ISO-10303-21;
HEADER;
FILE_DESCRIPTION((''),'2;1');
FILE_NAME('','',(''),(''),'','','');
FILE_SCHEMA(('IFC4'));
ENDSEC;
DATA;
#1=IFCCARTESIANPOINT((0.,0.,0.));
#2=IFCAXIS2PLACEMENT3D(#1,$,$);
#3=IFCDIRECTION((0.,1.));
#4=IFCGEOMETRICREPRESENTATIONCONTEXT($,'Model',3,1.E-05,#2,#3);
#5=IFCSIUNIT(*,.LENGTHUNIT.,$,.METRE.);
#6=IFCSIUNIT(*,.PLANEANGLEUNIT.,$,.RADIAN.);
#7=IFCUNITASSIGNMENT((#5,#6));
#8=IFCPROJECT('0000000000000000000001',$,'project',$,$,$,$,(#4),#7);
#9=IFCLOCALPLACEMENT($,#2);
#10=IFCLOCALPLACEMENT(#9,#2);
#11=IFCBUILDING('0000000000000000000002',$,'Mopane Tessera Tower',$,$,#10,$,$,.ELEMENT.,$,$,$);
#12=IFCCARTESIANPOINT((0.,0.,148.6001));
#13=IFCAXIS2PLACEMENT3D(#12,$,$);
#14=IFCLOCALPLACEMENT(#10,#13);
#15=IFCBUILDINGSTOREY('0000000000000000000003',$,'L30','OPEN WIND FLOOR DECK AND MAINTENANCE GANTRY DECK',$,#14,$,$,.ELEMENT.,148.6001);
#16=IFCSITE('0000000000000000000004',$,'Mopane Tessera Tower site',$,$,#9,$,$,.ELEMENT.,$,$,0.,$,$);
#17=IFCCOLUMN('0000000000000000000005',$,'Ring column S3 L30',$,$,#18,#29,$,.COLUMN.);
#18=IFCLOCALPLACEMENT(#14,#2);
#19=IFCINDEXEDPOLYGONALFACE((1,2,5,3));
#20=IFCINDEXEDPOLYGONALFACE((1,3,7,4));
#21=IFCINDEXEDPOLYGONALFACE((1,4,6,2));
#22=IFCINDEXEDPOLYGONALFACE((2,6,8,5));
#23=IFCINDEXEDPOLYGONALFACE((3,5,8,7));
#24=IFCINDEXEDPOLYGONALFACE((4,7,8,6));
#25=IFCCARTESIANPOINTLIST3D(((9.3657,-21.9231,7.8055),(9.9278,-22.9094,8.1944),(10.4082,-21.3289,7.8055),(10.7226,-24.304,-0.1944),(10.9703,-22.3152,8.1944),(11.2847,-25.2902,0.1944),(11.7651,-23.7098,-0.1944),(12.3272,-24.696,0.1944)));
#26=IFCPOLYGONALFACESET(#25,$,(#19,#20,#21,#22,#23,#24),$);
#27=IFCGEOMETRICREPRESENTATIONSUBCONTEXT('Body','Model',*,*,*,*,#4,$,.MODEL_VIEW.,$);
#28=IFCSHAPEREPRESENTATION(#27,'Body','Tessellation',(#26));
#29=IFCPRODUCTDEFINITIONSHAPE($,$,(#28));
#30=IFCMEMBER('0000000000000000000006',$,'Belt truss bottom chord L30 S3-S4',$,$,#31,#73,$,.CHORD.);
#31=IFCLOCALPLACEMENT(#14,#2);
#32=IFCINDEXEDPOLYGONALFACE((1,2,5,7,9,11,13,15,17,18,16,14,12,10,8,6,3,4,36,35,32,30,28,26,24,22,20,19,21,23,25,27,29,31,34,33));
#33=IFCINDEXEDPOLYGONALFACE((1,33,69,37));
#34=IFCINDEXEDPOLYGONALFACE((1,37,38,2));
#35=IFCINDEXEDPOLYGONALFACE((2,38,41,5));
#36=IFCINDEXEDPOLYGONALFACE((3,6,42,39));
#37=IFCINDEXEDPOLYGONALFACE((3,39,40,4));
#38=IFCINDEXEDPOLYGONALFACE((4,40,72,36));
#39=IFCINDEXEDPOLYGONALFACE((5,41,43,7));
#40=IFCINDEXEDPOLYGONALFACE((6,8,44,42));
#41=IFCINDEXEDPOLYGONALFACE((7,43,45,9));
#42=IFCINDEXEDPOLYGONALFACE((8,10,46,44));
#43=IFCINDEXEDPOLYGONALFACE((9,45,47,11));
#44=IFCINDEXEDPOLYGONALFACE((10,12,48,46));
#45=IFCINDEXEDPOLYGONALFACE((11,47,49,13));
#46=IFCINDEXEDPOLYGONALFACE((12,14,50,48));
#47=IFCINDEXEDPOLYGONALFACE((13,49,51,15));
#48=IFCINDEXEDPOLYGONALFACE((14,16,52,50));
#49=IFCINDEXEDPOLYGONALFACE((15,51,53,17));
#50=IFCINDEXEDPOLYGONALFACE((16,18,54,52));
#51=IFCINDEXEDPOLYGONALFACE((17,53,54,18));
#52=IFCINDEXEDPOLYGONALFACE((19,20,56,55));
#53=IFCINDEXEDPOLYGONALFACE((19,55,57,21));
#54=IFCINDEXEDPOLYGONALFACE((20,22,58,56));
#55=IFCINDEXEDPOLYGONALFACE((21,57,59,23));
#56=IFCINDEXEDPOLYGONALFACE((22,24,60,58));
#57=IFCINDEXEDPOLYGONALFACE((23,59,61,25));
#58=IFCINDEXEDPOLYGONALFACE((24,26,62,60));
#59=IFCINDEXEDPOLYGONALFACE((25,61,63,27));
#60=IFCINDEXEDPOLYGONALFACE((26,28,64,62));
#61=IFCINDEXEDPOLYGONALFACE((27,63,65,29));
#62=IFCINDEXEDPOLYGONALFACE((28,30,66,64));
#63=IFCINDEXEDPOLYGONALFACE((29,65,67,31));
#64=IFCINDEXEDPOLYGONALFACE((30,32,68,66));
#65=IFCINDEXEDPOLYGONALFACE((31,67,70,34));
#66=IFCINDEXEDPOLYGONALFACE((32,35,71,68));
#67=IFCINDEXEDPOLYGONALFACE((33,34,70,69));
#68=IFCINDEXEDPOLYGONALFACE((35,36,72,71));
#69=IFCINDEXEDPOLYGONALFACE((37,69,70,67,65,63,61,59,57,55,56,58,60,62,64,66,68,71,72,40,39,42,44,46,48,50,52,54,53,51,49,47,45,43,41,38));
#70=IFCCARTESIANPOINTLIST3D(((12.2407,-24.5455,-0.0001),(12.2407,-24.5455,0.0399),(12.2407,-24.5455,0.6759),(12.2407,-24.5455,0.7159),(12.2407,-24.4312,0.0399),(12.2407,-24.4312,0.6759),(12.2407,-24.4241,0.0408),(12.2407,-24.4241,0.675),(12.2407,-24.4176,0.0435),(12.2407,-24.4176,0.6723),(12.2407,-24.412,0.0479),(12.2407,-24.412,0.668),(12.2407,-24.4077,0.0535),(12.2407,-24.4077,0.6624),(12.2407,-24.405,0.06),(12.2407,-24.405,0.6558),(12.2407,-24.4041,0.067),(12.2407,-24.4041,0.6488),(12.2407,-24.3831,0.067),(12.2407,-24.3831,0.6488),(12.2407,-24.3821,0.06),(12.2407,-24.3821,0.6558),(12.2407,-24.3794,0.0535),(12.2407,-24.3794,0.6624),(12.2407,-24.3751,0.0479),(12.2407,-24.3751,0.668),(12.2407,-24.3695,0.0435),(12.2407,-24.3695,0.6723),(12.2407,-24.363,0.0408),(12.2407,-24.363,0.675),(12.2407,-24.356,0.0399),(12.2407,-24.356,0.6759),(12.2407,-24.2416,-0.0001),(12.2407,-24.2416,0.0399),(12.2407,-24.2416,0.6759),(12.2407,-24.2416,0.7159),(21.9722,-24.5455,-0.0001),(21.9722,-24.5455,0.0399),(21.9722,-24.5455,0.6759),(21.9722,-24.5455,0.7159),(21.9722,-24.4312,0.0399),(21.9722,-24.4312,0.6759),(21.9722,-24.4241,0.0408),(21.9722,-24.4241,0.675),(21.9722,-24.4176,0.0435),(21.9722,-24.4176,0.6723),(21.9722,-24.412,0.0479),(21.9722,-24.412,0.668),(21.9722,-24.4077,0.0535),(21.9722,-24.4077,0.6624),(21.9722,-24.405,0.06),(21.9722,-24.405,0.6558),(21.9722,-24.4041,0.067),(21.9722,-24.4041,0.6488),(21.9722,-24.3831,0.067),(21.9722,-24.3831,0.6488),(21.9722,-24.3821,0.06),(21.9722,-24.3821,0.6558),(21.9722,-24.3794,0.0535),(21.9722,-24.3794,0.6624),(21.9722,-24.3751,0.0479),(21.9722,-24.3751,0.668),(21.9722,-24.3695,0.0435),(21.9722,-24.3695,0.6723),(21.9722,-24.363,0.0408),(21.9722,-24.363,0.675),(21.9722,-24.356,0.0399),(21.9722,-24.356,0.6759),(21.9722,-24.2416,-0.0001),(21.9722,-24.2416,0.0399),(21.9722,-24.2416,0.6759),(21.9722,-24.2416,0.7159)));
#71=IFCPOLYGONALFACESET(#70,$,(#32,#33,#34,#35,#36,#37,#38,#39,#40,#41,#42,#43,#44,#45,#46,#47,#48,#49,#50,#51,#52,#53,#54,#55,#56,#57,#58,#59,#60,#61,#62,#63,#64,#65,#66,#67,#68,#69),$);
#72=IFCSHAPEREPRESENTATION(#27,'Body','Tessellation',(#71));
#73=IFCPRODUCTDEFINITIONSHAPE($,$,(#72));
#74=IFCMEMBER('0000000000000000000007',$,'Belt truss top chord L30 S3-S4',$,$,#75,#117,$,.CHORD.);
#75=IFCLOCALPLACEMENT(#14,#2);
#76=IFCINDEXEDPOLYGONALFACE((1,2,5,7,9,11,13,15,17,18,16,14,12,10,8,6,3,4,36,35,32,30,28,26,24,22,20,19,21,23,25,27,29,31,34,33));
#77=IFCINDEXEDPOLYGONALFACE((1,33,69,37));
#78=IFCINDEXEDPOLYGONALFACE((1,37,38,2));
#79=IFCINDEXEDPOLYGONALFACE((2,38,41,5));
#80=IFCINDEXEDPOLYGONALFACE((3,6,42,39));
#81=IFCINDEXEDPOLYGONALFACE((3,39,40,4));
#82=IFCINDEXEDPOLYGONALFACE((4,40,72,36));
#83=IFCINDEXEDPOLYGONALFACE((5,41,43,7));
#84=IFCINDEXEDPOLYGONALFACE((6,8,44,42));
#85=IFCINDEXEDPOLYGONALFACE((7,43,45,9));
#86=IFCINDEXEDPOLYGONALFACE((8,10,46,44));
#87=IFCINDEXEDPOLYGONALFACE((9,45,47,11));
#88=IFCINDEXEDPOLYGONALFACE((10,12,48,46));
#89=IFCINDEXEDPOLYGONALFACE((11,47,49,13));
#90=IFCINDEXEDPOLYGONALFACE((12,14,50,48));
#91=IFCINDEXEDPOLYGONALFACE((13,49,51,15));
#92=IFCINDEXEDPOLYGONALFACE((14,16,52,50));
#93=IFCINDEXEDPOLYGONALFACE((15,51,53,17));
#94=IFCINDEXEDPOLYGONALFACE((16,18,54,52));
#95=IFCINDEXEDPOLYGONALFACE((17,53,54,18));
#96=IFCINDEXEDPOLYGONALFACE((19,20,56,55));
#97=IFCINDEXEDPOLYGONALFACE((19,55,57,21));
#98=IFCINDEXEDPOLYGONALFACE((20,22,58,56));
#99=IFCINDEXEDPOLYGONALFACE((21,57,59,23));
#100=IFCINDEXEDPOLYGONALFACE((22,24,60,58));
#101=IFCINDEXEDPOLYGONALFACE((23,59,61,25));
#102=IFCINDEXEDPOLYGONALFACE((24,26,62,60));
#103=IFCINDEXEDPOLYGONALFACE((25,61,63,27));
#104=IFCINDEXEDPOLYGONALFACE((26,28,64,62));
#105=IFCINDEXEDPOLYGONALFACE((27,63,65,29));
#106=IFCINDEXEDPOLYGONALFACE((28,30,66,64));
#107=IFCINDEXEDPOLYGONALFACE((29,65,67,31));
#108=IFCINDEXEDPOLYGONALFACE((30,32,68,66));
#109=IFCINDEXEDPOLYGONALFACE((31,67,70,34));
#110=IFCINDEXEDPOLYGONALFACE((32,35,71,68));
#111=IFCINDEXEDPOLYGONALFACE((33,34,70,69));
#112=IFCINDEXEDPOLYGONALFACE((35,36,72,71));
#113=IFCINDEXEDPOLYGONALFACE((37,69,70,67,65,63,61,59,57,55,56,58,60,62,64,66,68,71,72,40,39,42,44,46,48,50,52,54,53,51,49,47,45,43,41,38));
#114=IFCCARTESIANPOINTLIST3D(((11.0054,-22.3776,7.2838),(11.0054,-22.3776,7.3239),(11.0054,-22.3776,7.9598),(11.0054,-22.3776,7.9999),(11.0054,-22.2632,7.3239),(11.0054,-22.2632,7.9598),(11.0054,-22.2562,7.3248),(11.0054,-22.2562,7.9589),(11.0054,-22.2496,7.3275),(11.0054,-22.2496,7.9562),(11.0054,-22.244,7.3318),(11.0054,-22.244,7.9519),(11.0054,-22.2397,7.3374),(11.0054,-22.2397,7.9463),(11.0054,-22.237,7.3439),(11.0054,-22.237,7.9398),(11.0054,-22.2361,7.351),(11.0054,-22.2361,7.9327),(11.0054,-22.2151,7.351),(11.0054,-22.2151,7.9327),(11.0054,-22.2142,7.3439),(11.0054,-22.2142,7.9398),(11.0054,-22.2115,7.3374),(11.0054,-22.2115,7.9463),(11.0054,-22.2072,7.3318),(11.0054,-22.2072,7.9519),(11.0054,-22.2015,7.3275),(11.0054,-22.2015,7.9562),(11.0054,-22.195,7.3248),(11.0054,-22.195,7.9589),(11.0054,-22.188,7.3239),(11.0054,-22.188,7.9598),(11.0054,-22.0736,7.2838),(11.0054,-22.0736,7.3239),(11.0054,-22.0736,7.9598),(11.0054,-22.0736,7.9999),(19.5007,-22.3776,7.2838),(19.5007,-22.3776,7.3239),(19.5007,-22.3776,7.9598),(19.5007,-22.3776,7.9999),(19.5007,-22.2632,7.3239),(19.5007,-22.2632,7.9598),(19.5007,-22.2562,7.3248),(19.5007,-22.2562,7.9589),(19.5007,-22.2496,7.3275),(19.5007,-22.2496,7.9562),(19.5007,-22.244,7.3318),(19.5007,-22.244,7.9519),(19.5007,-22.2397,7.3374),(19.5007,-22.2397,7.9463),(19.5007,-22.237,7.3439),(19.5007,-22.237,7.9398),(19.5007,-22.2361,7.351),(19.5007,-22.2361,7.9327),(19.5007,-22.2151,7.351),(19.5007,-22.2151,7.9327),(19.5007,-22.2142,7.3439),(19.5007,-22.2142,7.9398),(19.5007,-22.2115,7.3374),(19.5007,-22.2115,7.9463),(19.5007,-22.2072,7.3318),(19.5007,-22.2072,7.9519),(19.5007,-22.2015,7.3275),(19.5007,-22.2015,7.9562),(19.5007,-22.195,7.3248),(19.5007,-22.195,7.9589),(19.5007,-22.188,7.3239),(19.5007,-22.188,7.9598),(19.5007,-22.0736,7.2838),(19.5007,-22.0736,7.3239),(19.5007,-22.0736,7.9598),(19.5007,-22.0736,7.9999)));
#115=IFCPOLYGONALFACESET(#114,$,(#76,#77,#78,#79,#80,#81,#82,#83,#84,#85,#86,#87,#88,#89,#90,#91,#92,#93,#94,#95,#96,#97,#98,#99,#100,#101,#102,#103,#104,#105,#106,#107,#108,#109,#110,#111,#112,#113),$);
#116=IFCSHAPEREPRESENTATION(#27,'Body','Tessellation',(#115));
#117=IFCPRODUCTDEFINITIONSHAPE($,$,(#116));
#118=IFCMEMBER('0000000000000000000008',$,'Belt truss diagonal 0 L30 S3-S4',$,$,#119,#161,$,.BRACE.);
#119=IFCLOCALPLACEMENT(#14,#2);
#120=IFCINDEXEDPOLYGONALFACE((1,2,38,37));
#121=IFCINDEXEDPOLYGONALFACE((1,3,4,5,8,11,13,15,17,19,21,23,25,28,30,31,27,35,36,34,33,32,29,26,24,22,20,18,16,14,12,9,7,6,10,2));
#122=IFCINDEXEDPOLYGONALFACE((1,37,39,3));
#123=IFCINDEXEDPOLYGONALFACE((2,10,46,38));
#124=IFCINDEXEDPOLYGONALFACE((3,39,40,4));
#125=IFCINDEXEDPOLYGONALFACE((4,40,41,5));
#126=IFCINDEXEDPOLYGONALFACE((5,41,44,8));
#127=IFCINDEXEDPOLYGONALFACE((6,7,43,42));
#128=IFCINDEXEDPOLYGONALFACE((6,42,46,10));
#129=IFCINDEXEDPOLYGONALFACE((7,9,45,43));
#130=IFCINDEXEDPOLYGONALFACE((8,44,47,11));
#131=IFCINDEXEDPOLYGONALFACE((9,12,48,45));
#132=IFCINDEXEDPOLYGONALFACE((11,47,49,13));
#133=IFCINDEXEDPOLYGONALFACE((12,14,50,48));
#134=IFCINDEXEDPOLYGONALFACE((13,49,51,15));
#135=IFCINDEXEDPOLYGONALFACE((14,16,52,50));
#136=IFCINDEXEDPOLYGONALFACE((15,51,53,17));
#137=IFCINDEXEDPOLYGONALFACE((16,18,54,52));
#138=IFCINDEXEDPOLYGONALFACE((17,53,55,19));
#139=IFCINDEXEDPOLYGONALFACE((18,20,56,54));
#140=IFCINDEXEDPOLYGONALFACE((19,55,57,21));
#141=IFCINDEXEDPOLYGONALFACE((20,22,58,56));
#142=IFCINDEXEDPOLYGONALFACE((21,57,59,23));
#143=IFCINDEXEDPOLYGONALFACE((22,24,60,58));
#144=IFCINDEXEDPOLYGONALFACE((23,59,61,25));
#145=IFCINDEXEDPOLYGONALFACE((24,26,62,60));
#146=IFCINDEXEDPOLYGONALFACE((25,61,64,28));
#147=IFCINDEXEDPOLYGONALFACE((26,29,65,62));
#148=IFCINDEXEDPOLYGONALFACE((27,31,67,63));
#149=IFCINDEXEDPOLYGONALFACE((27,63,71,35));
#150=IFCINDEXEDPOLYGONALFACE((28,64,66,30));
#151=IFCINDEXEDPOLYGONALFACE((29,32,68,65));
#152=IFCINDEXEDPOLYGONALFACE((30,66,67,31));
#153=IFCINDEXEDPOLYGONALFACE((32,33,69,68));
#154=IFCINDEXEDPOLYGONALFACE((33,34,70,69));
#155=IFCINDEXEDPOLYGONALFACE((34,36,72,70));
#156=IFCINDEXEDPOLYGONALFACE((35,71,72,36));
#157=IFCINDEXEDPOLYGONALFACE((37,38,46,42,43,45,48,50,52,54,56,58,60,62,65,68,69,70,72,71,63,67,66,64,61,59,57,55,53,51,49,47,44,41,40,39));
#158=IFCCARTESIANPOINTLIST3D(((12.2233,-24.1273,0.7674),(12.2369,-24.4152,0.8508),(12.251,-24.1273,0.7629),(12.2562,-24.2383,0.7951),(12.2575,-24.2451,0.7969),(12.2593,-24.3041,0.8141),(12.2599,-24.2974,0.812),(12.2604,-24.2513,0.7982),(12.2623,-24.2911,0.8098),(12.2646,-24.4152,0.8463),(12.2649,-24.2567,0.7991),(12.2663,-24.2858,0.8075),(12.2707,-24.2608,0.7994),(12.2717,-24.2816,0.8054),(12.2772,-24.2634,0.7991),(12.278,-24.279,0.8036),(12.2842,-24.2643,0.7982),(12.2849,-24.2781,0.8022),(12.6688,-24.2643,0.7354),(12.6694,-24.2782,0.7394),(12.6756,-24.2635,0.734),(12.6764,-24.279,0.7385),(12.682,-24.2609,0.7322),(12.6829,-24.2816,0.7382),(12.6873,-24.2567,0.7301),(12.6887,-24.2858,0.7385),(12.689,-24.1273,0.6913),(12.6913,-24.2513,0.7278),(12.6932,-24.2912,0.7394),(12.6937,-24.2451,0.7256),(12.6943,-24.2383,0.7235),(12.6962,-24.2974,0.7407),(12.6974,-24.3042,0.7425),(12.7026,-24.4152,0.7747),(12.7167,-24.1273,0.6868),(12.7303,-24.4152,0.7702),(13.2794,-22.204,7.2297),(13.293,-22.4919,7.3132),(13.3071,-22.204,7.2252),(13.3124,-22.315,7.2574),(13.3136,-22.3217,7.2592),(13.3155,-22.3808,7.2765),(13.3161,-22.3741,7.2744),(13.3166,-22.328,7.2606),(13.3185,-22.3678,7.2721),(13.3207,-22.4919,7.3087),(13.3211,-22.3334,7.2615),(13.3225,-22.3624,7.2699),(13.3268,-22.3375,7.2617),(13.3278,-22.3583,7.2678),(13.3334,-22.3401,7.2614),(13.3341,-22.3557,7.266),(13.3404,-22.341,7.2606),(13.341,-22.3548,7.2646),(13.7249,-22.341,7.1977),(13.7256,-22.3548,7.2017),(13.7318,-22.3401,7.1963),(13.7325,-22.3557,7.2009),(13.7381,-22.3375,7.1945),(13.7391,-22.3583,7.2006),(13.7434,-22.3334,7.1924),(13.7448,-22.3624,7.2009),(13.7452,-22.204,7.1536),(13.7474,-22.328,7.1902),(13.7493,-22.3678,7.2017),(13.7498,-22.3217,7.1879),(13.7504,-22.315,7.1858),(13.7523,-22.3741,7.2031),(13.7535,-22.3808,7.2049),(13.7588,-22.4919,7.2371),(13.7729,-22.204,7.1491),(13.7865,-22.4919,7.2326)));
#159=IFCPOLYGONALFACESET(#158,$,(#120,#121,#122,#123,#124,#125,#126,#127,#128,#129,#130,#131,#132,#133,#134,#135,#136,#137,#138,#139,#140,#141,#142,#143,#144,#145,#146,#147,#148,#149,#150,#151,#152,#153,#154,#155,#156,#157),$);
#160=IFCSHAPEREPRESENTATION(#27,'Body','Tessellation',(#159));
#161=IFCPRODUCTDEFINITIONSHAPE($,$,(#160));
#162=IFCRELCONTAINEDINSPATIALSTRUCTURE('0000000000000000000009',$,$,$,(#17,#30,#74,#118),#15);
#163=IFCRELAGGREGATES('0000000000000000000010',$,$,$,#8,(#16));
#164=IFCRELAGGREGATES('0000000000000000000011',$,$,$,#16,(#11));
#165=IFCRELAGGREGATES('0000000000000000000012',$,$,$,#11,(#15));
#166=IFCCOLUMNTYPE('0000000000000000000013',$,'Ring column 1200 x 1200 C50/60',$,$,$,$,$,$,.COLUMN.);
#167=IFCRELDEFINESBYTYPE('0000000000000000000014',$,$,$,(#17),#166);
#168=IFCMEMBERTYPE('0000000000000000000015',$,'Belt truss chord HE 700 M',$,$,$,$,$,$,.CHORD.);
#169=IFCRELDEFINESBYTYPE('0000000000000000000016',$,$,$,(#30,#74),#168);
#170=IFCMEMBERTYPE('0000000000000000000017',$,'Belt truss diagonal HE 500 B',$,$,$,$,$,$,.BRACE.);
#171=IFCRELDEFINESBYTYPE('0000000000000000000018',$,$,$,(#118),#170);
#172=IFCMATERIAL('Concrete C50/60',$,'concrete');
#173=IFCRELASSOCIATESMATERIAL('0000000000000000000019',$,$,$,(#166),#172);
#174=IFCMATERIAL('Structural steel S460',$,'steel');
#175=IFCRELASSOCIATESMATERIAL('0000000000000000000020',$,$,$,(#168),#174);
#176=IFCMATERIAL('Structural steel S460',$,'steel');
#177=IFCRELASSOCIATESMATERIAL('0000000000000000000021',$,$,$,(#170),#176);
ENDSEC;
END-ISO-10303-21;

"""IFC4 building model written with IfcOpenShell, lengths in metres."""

from ifc_helpers import new_model, si_unit, direction, frame, origin, origin_2d, place, context, subcontext, project, spatial, rectangle, i_section, extrude, material, material_profile, profile_set, type_object, element, save


model = new_model("IFC4")

# Units and contexts
model_context = context("Model", 3, precision=1e-05, world=origin(), true_north=direction((0.0, 1.0)))
body_context = subcontext(model_context, "Body", "Model", "MODEL_VIEW")
ifc_project = project(units=[si_unit("LENGTHUNIT", "METRE"), si_unit("PLANEANGLEUNIT", "RADIAN")], contexts=[model_context])

# Site, building, storey
site_placement = place(None, origin())
site = spatial("IfcSite", under=ifc_project, at=site_placement, Name="Mopane Tessera Tower site", CompositionType="ELEMENT", RefElevation=0.0)
building_placement = place(site_placement, origin())
building = spatial("IfcBuilding", under=site, at=building_placement, Name="Mopane Tessera Tower", CompositionType="ELEMENT")
storey_placement = place(building_placement, frame((0.0, 0.0, 148.6001)))
storey = spatial("IfcBuildingStorey", under=building, at=storey_placement, Name="L30", Description="OPEN WIND FLOOR DECK AND MAINTENANCE GANTRY DECK", CompositionType="ELEMENT", Elevation=148.6001)

# Column
ifc_material_1 = material(Name="Concrete C50/60", Category="concrete")
ifc_material_profile_1 = material_profile(ifc_material_1, rectangle(XDim=1.2, YDim=1.2, at=origin_2d()))
ifc_profile_set_1 = profile_set([ifc_material_profile_1], Name="Concrete C50/60")
column_type = type_object("IfcColumnType", Name="Ring column 1200 x 1200 C50/60", PredefinedType="COLUMN", material=ifc_profile_set_1)
column_placement = place(storey_placement, frame((11.5249, -24.5, 0.0), z_axis=(-0.160463, 0.281547, 0.946035), x_axis=(-0.868802, -0.49516, 0.0)))
element("IfcColumn", 1, at=column_placement, inside=storey, type_object=column_type, Name="Ring column S3 L30", PredefinedType="COLUMN", context=body_context, shape_type="SweptSolid", body=[
    extrude(rectangle(XDim=1.2, YDim=1.2, at=origin_2d()), origin(), (0.0, 0.0, 1.0), 8.4563),
])

# Members
ifc_material_2 = material(Name="Structural steel S460", Category="steel")
ifc_material_profile_2 = material_profile(ifc_material_2, i_section(OverallWidth=0.304, OverallDepth=0.7161, WebThickness=0.021, FlangeThickness=0.04, FilletRadius=0.0271, at=origin_2d()))
ifc_profile_set_2 = profile_set([ifc_material_profile_2], Name="Structural steel S460")
member_type_1 = type_object("IfcMemberType", Name="Belt truss chord HE 700 M", PredefinedType="CHORD", material=ifc_profile_set_2)
member_1_placement = place(storey_placement, frame((12.2407, -24.3936, 0.3579), z_axis=(1.0, 0.0, 0.0), x_axis=(0.0, 1.0, 0.0)))
element("IfcMember", 2, at=member_1_placement, inside=storey, type_object=member_type_1, Name="Belt truss bottom chord L30 S3-S4", PredefinedType="CHORD", context=body_context, shape_type="SweptSolid", body=[
    extrude(i_section(OverallWidth=0.304, OverallDepth=0.7161, WebThickness=0.021, FlangeThickness=0.04, FilletRadius=0.0271, at=origin_2d()), origin(), (0.0, 0.0, 1.0), 9.7314),
])
member_2_placement = place(storey_placement, frame((11.0054, -22.2256, 7.6418), z_axis=(1.0, 0.0, 0.0), x_axis=(0.0, 1.0, 0.0)))
element("IfcMember", 3, at=member_2_placement, inside=storey, type_object=member_type_1, Name="Belt truss top chord L30 S3-S4", PredefinedType="CHORD", context=body_context, shape_type="SweptSolid", body=[
    extrude(i_section(OverallWidth=0.304, OverallDepth=0.7161, WebThickness=0.021, FlangeThickness=0.04, FilletRadius=0.0271, at=origin_2d()), origin(), (0.0, 0.0, 1.0), 8.4954),
])
ifc_material_3 = material(Name="Structural steel S460", Category="steel")
ifc_material_profile_3 = material_profile(ifc_material_3, i_section(OverallWidth=0.3, OverallDepth=0.5, WebThickness=0.0144, FlangeThickness=0.0281, FilletRadius=0.0271, at=origin_2d()))
ifc_profile_set_3 = profile_set([ifc_material_profile_3], Name="Structural steel S460")
member_type_2 = type_object("IfcMemberType", Name="Belt truss diagonal HE 500 B", PredefinedType="BRACE", material=ifc_profile_set_3)
member_3_placement = place(storey_placement, frame((12.4768, -24.2712, 0.7688), z_axis=(0.154753, 0.281818, 0.946906), x_axis=(-0.045419, 0.959468, -0.278134)))
element("IfcMember", 4, at=member_3_placement, inside=storey, type_object=member_type_2, Name="Belt truss diagonal 0 L30 S3-S4", PredefinedType="BRACE", context=body_context, shape_type="SweptSolid", body=[
    extrude(i_section(OverallWidth=0.3, OverallDepth=0.5, WebThickness=0.0144, FlangeThickness=0.0281, FilletRadius=0.0271, at=origin_2d()), origin(), (0.0, 0.0, 1.0), 6.8247),
])

save(model, "model.ifc")
